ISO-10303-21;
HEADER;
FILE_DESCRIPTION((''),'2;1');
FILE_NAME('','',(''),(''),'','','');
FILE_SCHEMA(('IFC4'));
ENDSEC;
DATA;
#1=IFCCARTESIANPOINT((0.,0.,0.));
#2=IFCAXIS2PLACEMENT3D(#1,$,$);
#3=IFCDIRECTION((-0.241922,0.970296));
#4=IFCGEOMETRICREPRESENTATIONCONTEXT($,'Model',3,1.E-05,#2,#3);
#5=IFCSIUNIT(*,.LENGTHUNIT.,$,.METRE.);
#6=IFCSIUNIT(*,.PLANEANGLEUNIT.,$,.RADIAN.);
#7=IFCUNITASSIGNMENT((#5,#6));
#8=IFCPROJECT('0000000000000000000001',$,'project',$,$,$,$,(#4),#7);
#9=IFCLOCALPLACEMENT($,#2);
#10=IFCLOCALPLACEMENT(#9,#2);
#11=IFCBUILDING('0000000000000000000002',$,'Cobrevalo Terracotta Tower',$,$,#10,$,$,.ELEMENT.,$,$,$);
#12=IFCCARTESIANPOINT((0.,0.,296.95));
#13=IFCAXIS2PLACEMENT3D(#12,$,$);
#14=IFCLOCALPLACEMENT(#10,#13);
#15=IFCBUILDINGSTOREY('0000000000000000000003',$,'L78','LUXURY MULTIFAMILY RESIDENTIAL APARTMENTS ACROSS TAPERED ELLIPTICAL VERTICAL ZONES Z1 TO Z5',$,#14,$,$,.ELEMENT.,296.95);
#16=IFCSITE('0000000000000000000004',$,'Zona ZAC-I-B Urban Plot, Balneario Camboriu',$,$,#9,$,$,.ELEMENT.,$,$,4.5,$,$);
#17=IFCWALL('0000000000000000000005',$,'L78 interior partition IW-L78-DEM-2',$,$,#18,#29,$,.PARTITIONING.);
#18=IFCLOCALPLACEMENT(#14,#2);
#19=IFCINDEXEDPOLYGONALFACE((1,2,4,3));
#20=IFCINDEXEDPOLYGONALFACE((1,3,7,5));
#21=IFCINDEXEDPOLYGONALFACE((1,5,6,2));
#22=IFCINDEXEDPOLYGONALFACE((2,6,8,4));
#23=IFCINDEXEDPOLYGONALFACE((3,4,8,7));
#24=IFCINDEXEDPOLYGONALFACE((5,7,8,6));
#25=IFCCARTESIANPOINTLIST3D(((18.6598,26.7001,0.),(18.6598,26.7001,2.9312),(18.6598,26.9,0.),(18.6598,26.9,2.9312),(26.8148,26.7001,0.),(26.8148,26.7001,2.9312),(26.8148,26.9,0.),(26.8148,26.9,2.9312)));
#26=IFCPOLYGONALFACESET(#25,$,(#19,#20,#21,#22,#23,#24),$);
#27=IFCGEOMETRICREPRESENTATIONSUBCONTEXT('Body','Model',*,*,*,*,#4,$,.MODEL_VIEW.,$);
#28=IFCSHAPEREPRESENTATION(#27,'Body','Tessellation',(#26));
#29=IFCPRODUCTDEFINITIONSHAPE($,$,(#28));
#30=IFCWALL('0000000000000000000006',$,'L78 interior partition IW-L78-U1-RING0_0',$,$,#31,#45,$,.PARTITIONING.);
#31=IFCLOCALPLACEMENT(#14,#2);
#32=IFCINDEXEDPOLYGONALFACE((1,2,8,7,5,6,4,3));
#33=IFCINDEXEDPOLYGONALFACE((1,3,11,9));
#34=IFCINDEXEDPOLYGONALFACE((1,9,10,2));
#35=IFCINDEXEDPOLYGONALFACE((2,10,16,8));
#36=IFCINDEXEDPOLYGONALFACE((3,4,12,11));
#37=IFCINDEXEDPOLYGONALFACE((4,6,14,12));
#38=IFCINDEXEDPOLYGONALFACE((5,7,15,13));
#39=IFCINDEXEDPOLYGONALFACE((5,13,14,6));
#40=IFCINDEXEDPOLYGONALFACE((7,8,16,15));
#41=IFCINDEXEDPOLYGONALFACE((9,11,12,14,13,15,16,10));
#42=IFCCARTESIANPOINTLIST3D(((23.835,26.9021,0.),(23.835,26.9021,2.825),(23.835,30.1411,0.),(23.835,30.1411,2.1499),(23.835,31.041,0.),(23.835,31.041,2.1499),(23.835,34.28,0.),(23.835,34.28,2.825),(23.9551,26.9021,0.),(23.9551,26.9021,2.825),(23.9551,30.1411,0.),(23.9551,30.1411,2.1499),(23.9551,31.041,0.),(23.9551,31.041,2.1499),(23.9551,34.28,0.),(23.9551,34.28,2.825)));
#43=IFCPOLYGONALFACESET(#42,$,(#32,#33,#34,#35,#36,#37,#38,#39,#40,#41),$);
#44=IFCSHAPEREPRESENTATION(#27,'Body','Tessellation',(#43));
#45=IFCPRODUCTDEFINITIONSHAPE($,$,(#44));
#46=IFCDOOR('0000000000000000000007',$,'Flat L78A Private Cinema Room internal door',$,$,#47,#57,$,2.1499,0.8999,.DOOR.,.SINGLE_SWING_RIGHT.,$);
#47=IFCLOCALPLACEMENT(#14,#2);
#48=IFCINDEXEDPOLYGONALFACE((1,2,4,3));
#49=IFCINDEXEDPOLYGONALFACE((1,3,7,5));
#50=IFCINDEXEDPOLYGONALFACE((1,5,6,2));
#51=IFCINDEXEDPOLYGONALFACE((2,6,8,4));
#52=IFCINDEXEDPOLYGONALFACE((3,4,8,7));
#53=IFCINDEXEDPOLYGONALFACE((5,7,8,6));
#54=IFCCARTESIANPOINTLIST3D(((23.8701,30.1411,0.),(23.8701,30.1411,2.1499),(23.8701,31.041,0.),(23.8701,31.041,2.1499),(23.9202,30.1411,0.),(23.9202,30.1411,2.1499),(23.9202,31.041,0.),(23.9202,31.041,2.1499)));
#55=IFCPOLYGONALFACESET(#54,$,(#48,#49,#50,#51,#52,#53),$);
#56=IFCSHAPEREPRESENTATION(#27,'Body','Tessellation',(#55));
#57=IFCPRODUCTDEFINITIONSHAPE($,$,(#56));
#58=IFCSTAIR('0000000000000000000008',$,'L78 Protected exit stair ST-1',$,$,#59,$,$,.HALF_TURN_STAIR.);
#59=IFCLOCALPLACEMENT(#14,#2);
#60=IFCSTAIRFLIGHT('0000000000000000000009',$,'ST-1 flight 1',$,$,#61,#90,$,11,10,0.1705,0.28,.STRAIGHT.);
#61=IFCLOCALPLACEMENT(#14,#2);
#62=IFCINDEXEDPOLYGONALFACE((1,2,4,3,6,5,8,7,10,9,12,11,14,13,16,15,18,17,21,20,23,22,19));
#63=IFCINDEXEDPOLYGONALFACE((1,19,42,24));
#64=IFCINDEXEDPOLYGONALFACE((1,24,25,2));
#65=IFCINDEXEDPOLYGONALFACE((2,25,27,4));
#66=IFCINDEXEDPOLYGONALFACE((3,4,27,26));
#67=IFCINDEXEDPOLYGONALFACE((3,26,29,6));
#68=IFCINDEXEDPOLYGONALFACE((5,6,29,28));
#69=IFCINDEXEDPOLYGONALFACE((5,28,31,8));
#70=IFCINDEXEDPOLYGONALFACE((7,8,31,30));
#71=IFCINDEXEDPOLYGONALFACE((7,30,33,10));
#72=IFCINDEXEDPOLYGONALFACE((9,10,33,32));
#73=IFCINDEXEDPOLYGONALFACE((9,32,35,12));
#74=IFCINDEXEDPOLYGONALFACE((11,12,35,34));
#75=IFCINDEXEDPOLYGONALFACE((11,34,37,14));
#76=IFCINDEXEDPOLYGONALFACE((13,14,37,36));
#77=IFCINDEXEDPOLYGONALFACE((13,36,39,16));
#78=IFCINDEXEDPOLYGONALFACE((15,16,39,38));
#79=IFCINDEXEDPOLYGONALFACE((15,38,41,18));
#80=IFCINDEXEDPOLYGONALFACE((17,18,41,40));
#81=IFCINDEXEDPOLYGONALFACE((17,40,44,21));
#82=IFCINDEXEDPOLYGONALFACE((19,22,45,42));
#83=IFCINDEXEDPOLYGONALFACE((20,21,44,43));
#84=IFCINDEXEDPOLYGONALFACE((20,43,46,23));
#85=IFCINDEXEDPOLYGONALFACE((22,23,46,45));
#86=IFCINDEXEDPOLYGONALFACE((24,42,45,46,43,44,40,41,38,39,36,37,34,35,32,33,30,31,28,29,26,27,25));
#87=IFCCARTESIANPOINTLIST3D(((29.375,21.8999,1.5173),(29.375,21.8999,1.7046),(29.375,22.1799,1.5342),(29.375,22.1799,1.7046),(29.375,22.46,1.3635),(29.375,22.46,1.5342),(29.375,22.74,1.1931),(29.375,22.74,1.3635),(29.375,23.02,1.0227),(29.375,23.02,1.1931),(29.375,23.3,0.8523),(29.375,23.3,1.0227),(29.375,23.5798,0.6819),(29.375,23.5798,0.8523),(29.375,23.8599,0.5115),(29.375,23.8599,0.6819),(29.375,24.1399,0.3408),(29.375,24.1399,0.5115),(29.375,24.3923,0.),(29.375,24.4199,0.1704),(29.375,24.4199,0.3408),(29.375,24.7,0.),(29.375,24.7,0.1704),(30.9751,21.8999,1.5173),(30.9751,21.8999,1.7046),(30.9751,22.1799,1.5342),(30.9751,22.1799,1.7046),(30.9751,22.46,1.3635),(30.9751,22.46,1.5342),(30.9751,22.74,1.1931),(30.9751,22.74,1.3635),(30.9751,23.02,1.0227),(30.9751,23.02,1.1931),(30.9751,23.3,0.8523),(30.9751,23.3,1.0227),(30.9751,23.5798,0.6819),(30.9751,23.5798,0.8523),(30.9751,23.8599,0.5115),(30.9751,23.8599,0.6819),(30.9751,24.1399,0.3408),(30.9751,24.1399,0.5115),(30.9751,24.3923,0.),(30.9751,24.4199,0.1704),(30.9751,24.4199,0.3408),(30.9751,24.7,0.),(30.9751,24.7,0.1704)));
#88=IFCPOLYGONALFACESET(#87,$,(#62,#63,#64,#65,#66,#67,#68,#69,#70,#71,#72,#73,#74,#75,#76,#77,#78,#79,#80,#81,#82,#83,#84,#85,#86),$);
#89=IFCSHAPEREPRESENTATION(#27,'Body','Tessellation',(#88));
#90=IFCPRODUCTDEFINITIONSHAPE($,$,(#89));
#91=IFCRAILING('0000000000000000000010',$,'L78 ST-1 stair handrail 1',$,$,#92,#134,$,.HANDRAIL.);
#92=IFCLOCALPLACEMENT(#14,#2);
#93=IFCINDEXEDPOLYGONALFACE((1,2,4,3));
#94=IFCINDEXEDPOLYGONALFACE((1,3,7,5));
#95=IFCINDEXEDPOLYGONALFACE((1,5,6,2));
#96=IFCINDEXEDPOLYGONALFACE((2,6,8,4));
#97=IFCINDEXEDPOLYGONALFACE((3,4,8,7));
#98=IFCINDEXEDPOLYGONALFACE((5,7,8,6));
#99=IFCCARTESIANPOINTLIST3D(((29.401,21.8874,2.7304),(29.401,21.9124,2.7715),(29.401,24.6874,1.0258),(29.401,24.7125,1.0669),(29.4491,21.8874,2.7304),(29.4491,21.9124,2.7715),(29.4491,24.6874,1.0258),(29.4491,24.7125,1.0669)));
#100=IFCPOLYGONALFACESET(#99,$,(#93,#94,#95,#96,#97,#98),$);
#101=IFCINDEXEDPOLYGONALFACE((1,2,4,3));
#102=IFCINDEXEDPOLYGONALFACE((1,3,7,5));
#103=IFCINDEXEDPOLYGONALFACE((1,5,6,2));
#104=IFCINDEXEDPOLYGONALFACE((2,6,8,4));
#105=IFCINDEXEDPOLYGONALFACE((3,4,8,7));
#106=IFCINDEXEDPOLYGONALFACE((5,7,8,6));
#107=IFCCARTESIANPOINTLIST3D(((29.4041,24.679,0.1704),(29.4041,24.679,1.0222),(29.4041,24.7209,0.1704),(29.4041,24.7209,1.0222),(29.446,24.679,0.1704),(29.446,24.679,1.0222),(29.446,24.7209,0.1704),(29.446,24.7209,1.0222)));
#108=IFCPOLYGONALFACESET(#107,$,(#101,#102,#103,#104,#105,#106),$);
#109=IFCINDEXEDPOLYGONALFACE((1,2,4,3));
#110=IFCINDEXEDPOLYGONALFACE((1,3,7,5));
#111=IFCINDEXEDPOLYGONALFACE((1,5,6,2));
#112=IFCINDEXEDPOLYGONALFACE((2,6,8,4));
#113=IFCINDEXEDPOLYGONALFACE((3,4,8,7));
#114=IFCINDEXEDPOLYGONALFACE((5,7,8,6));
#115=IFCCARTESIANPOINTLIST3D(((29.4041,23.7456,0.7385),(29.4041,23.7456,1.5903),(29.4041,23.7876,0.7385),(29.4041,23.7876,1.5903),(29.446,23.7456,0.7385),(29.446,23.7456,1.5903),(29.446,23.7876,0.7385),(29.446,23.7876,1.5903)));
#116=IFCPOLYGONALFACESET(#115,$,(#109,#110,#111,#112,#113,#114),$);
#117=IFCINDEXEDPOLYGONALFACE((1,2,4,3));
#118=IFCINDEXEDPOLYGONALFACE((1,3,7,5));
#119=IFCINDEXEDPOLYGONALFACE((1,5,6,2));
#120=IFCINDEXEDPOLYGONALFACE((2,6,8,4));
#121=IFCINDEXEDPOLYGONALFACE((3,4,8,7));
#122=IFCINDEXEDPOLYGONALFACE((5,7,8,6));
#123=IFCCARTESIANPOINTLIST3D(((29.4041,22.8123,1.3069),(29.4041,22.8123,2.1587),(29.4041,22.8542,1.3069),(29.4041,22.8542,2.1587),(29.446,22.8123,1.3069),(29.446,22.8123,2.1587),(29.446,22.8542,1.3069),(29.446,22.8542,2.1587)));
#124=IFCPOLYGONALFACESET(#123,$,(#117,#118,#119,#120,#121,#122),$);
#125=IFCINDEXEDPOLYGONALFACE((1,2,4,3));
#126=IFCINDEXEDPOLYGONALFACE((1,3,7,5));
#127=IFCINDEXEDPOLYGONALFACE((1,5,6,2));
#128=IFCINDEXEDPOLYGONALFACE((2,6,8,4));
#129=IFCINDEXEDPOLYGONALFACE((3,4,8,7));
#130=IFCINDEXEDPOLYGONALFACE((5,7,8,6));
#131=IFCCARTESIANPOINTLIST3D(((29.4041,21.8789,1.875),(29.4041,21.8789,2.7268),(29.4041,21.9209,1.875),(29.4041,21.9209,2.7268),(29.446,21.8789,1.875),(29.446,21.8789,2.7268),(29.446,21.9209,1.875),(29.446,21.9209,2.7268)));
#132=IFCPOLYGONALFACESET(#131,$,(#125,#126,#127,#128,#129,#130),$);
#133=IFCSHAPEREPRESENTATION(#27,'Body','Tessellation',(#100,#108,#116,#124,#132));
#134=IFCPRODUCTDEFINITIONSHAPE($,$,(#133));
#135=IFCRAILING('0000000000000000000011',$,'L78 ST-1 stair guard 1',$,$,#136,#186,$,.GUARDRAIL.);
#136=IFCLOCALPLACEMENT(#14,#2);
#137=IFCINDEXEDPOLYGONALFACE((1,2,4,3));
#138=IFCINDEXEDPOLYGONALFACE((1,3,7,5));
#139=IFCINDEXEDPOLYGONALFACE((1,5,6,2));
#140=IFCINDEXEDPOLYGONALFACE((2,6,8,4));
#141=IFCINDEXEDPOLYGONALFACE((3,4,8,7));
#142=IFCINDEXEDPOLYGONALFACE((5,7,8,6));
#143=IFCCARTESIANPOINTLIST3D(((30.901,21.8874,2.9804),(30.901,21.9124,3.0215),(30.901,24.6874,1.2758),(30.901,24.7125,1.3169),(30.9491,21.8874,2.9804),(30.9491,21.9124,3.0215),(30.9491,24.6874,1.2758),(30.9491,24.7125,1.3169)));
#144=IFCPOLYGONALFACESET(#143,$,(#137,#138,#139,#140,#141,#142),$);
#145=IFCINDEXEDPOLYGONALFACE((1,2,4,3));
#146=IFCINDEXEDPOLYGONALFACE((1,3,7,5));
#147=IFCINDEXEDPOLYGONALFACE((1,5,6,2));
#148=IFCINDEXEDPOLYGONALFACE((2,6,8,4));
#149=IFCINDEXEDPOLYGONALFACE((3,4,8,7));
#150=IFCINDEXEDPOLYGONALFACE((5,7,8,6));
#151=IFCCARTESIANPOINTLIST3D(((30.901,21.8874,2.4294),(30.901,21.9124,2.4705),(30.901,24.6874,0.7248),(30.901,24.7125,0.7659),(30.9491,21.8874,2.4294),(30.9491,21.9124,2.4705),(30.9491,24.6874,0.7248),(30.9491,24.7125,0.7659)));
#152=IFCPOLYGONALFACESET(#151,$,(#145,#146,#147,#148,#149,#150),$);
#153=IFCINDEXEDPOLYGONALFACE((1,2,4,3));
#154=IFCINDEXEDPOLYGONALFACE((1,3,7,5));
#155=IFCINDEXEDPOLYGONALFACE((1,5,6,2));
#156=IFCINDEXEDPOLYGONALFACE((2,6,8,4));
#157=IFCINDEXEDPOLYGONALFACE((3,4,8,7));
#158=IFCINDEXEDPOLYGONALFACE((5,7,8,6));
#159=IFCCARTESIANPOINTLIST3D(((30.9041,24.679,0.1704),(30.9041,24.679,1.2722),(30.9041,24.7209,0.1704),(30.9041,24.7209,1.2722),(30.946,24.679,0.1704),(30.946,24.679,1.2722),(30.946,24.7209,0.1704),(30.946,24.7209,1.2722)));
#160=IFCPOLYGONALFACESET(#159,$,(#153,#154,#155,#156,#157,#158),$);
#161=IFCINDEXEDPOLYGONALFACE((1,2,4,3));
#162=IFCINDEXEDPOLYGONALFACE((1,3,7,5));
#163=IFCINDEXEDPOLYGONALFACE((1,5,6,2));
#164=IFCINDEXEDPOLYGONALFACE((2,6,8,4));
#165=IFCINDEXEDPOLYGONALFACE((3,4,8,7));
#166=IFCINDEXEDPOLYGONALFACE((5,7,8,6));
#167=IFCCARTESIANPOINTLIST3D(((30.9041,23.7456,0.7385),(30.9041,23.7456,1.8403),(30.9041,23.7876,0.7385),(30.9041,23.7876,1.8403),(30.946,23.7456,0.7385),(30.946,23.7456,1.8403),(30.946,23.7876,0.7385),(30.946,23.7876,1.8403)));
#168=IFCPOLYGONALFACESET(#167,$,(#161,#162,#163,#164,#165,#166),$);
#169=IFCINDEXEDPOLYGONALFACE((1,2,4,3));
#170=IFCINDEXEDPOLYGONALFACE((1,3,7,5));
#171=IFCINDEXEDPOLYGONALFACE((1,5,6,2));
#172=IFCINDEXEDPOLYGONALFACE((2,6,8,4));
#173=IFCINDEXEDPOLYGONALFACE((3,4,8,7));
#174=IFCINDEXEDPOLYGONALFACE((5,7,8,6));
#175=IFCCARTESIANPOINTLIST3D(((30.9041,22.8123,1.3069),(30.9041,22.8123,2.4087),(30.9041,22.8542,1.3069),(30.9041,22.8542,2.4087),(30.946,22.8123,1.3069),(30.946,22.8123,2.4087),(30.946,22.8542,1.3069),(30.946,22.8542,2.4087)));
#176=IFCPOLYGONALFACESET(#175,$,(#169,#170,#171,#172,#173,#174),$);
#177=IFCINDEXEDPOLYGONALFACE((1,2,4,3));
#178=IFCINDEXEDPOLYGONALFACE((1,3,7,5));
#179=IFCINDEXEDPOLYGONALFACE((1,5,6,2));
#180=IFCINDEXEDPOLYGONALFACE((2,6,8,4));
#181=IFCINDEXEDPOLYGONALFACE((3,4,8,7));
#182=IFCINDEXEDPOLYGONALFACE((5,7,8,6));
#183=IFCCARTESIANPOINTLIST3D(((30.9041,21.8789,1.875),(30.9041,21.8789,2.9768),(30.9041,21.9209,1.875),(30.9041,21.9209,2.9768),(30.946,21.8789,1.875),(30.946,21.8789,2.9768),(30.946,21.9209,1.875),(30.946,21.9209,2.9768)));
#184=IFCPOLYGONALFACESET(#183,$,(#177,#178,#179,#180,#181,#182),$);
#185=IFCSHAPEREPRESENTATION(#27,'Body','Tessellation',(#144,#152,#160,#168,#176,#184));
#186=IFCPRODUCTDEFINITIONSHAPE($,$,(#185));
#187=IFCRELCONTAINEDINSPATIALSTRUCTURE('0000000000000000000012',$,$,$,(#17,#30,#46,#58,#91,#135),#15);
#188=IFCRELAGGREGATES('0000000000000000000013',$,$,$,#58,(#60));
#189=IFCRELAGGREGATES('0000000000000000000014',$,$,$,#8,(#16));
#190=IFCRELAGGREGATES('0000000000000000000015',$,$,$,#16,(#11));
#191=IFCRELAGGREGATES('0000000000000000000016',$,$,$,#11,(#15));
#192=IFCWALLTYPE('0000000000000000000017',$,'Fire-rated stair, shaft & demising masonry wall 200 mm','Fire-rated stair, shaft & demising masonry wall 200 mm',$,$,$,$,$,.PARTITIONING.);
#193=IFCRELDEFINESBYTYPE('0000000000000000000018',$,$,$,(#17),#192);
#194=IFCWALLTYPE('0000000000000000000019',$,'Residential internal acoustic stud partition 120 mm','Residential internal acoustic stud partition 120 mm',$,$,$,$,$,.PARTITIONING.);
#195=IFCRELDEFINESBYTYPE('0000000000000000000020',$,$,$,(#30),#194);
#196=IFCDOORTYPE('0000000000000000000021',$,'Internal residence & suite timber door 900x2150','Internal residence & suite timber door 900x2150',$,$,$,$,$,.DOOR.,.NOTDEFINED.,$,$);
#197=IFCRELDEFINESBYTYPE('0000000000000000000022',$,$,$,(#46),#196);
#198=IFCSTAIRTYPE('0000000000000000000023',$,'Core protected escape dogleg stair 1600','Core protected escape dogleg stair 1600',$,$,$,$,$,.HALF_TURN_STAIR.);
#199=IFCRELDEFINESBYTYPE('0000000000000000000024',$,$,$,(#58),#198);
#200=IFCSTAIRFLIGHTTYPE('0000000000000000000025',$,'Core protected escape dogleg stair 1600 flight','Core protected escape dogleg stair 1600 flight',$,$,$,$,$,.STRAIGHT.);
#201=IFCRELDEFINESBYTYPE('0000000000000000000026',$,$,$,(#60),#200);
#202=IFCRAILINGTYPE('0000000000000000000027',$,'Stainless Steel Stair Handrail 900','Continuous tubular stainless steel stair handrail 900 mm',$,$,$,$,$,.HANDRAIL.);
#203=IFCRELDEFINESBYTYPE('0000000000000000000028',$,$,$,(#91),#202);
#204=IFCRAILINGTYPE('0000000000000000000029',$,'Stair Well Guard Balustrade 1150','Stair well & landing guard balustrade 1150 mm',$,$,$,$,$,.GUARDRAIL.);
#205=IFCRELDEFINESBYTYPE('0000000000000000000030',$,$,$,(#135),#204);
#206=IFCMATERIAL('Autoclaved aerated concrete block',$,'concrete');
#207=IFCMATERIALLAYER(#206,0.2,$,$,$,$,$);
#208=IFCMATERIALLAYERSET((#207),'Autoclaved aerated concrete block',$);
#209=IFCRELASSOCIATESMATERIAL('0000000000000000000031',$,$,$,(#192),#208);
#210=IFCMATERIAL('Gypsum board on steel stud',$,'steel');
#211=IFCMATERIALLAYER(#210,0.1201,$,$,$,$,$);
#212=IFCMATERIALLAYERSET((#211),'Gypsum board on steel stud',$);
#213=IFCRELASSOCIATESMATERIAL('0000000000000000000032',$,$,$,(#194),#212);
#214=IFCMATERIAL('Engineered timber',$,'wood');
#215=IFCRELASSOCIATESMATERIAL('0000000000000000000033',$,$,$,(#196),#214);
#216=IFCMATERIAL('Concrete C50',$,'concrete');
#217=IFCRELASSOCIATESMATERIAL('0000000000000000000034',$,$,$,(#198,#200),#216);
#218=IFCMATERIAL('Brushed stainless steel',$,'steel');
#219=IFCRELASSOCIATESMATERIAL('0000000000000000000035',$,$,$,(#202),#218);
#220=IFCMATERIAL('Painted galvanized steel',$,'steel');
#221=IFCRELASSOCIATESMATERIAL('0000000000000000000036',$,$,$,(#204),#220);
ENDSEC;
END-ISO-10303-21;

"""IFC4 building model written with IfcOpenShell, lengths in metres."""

from ifc_helpers import new_model, si_unit, direction, frame, frame_2d, origin, origin_2d, place, context, subcontext, project, spatial, polyline, rectangle, outline, extrude, source, transform, mapped, material, layer, layer_set, type_object, element, fill, aggregate, save


model = new_model("IFC4")

# Units and contexts
model_context = context("Model", 3, precision=1e-05, world=origin(), true_north=direction((-0.241922, 0.970296)))
body_context = subcontext(model_context, "Body", "Model", "MODEL_VIEW")
ifc_project = project(units=[si_unit("LENGTHUNIT", "METRE"), si_unit("PLANEANGLEUNIT", "RADIAN")], contexts=[model_context])

# Site, building, storey
site_placement = place(None, origin())
site = spatial("IfcSite", under=ifc_project, at=site_placement, Name="Zona ZAC-I-B Urban Plot, Balneario Camboriu", CompositionType="ELEMENT", RefElevation=4.5)
building_placement = place(site_placement, origin())
building = spatial("IfcBuilding", under=site, at=building_placement, Name="Cobrevalo Terracotta Tower", CompositionType="ELEMENT")
storey_placement = place(building_placement, frame((0.0, 0.0, 296.95)))
storey = spatial("IfcBuildingStorey", under=building, at=storey_placement, Name="L78", Description="LUXURY MULTIFAMILY RESIDENTIAL APARTMENTS ACROSS TAPERED ELLIPTICAL VERTICAL ZONES Z1 TO Z5", CompositionType="ELEMENT", Elevation=296.95)

# Shared definitions
ifc_material_1 = material(Name="Gypsum board on steel stud", Category="steel")

# Shared definitions
ifc_material_2 = material(Name="Brushed stainless steel", Category="steel")

# Wall
ifc_material_3 = material(Name="Autoclaved aerated concrete block", Category="concrete")
ifc_layer_1 = layer(ifc_material_3, 0.2)
ifc_layer_set_1 = layer_set([ifc_layer_1], Name="Autoclaved aerated concrete block")
wall_type_1 = type_object("IfcWallType", Name="Fire-rated stair, shaft & demising masonry wall 200 mm", Description="Fire-rated stair, shaft & demising masonry wall 200 mm", PredefinedType="PARTITIONING", material=ifc_layer_set_1)
wall_1_placement = place(storey_placement, frame((26.8149, 26.8, 0.0), z_axis=(0.0, 0.0, 1.0), x_axis=(-1.0, 0.0, 0.0)))
element("IfcWall", 1, at=wall_1_placement, inside=storey, type_object=wall_type_1, Name="L78 interior partition IW-L78-DEM-2", PredefinedType="PARTITIONING", context=body_context, shape_type="SweptSolid", body=[
    extrude(rectangle(XDim=8.155, YDim=0.2, at=frame_2d((4.0776, 0.0))), origin(), (0.0, 0.0, 1.0), 2.9312),
])

# Wall, opening, door
ifc_layer_2 = layer(ifc_material_1, 0.1201)
ifc_layer_set_2 = layer_set([ifc_layer_2], Name="Gypsum board on steel stud")
wall_type_2 = type_object("IfcWallType", Name="Residential internal acoustic stud partition 120 mm", Description="Residential internal acoustic stud partition 120 mm", PredefinedType="PARTITIONING", material=ifc_layer_set_2)
wall_2_placement = place(storey_placement, frame((23.895, 26.9021, 0.0), z_axis=(0.0, 0.0, 1.0), x_axis=(0.0, 1.0, 0.0)))
wall_2 = element("IfcWall", 2, at=wall_2_placement, inside=storey, type_object=wall_type_2, Name="L78 interior partition IW-L78-U1-RING0_0", PredefinedType="PARTITIONING", context=body_context, shape_type="SweptSolid", body=[
    extrude(rectangle(XDim=7.3779, YDim=0.1201, at=frame_2d((3.689, 0.0))), origin(), (0.0, 0.0, 1.0), 2.825),
])
opening_1_placement = place(wall_2_placement, frame((3.239, 0.0, 0.0)))
opening_1 = element("IfcOpeningElement", 3, at=opening_1_placement, cuts=wall_2, PredefinedType="OPENING", context=body_context, shape_type="SweptSolid", body=[
    extrude(rectangle(XDim=0.8999, YDim=2.1499, at=frame_2d((0.45, 1.075))), frame((0.0, 0.0701, 0.0), z_axis=(0.0, -1.0, 0.0), x_axis=(1.0, 0.0, 0.0)), (0.0, 0.0, 1.0), 0.1401),
])
ifc_material_4 = material(Name="Engineered timber", Category="wood")
door_type_1 = type_object("IfcDoorType", Name="Internal residence & suite timber door 900x2150", Description="Internal residence & suite timber door 900x2150", OperationType="NOTDEFINED", PredefinedType="DOOR", material=ifc_material_4)
shared_shape_1 = source(origin(), body_context, "Body", "SweptSolid", [
    extrude(rectangle(XDim=0.8999, YDim=2.1499, at=frame_2d((0.45, 1.075))), frame((0.0, 0.0249, 0.0), z_axis=(0.0, -1.0, 0.0), x_axis=(1.0, 0.0, 0.0)), (0.0, 0.0, 1.0), 0.05),
])
door_1_placement = place(opening_1_placement, origin())
door_1 = element("IfcDoor", 4, at=door_1_placement, inside=storey, type_object=door_type_1, Name="Flat L78A Private Cinema Room internal door", OperationType="SINGLE_SWING_RIGHT", OverallHeight=2.1499, OverallWidth=0.8999, PredefinedType="DOOR", context=body_context, shape_type="MappedRepresentation", body=[
    mapped(shared_shape_1, transform((0.0, 0.0, 0.0), scale=1.0)),
])
fill(opening_1, door_1)
ifc_material_5 = material(Name="Concrete C50", Category="concrete")

# Stair, stair flight
stair_type = type_object("IfcStairType", Name="Core protected escape dogleg stair 1600", Description="Core protected escape dogleg stair 1600", PredefinedType="HALF_TURN_STAIR", material=ifc_material_5)
stair_placement = place(storey_placement, origin())
stair = element("IfcStair", 5, at=stair_placement, inside=storey, type_object=stair_type, Name="L78 Protected exit stair ST-1", PredefinedType="HALF_TURN_STAIR")
stair_flight_type = type_object("IfcStairFlightType", Name="Core protected escape dogleg stair 1600 flight", Description="Core protected escape dogleg stair 1600 flight", PredefinedType="STRAIGHT", material=ifc_material_5)
stair_flight_placement = place(storey_placement, frame((30.175, 24.7, 0.0), z_axis=(0.0, 0.0, 1.0), x_axis=(0.0, -1.0, 0.0)))
stair_flight = element("IfcStairFlight", 6, at=stair_flight_placement, type_object=stair_flight_type, Name="ST-1 flight 1", NumberOfRisers=11, NumberOfTreads=10, PredefinedType="STRAIGHT", RiserHeight=0.1705, TreadLength=0.28, context=body_context, shape_type="SweptSolid", body=[
    extrude(outline(polyline([(0.0, 0.0), (0.0, 0.1704), (0.28, 0.1704), (0.28, 0.3408), (0.5601, 0.3408), (0.5601, 0.5115), (0.8401, 0.5115), (0.8401, 0.6819), (1.1201, 0.6819), (1.1201, 0.8523), (1.3999, 0.8523), (1.3999, 1.0227), (1.6799, 1.0227), (1.6799, 1.1931), (1.96, 1.1931), (1.96, 1.3635), (2.24, 1.3635), (2.24, 1.5342), (2.52, 1.5342), (2.52, 1.7046), (2.8, 1.7046), (2.8, 1.875), (2.8, 1.5173), (0.3076, 0.0), (0.0, 0.0)])), frame((0.0, 0.8, 0.0), z_axis=(0.0, -1.0, 0.0), x_axis=(1.0, 0.0, 0.0)), (0.0, 0.0, 1.0), 1.6001),
])
aggregate(stair, [stair_flight])

# Railings
railing_type_1 = type_object("IfcRailingType", Name="Stainless Steel Stair Handrail 900", Description="Continuous tubular stainless steel stair handrail 900 mm", PredefinedType="HANDRAIL", material=ifc_material_2)
railing_1_placement = place(storey_placement, frame((29.425, 24.7, 0.1704)))
element("IfcRailing", 7, at=railing_1_placement, inside=storey, type_object=railing_type_1, Name="L78 ST-1 stair handrail 1", PredefinedType="HANDRAIL", context=body_context, shape_type="SweptSolid", body=[
    extrude(rectangle(XDim=0.0481, YDim=0.0481, at=origin_2d()), frame((0.0, 0.0, 0.876), z_axis=(0.0, -0.85417, 0.519994), x_axis=(1.0, 0.0, 0.0)), (0.0, 0.0, 1.0), 3.2781),
    extrude(rectangle(XDim=0.042, YDim=0.042, at=origin_2d()), origin(), (0.0, 0.0, 1.0), 0.8518),
    extrude(rectangle(XDim=0.042, YDim=0.042, at=origin_2d()), frame((0.0, -0.9333, 0.5681)), (0.0, 0.0, 1.0), 0.8518),
    extrude(rectangle(XDim=0.042, YDim=0.042, at=origin_2d()), frame((0.0, -1.8667, 1.1365)), (0.0, 0.0, 1.0), 0.8518),
    extrude(rectangle(XDim=0.042, YDim=0.042, at=origin_2d()), frame((0.0, -2.8, 1.7046)), (0.0, 0.0, 1.0), 0.8518),
])
ifc_material_6 = material(Name="Painted galvanized steel", Category="steel")
railing_type_2 = type_object("IfcRailingType", Name="Stair Well Guard Balustrade 1150", Description="Stair well & landing guard balustrade 1150 mm", PredefinedType="GUARDRAIL", material=ifc_material_6)
railing_2_placement = place(storey_placement, frame((30.925, 24.7, 0.1704)))
element("IfcRailing", 8, at=railing_2_placement, inside=storey, type_object=railing_type_2, Name="L78 ST-1 stair guard 1", PredefinedType="GUARDRAIL", context=body_context, shape_type="SweptSolid", body=[
    extrude(rectangle(XDim=0.0481, YDim=0.0481, at=origin_2d()), frame((0.0, 0.0, 1.126), z_axis=(0.0, -0.85417, 0.519994), x_axis=(1.0, 0.0, 0.0)), (0.0, 0.0, 1.0), 3.2781),
    extrude(rectangle(XDim=0.0481, YDim=0.0481, at=origin_2d()), frame((0.0, 0.0, 0.575), z_axis=(0.0, -0.85417, 0.519994), x_axis=(1.0, 0.0, 0.0)), (0.0, 0.0, 1.0), 3.2781),
    extrude(rectangle(XDim=0.042, YDim=0.042, at=origin_2d()), origin(), (0.0, 0.0, 1.0), 1.1018),
    extrude(rectangle(XDim=0.042, YDim=0.042, at=origin_2d()), frame((0.0, -0.9333, 0.5681)), (0.0, 0.0, 1.0), 1.1018),
    extrude(rectangle(XDim=0.042, YDim=0.042, at=origin_2d()), frame((0.0, -1.8667, 1.1365)), (0.0, 0.0, 1.0), 1.1018),
    extrude(rectangle(XDim=0.042, YDim=0.042, at=origin_2d()), frame((0.0, -2.8, 1.7046)), (0.0, 0.0, 1.0), 1.1018),
])

save(model, "model.ifc")
